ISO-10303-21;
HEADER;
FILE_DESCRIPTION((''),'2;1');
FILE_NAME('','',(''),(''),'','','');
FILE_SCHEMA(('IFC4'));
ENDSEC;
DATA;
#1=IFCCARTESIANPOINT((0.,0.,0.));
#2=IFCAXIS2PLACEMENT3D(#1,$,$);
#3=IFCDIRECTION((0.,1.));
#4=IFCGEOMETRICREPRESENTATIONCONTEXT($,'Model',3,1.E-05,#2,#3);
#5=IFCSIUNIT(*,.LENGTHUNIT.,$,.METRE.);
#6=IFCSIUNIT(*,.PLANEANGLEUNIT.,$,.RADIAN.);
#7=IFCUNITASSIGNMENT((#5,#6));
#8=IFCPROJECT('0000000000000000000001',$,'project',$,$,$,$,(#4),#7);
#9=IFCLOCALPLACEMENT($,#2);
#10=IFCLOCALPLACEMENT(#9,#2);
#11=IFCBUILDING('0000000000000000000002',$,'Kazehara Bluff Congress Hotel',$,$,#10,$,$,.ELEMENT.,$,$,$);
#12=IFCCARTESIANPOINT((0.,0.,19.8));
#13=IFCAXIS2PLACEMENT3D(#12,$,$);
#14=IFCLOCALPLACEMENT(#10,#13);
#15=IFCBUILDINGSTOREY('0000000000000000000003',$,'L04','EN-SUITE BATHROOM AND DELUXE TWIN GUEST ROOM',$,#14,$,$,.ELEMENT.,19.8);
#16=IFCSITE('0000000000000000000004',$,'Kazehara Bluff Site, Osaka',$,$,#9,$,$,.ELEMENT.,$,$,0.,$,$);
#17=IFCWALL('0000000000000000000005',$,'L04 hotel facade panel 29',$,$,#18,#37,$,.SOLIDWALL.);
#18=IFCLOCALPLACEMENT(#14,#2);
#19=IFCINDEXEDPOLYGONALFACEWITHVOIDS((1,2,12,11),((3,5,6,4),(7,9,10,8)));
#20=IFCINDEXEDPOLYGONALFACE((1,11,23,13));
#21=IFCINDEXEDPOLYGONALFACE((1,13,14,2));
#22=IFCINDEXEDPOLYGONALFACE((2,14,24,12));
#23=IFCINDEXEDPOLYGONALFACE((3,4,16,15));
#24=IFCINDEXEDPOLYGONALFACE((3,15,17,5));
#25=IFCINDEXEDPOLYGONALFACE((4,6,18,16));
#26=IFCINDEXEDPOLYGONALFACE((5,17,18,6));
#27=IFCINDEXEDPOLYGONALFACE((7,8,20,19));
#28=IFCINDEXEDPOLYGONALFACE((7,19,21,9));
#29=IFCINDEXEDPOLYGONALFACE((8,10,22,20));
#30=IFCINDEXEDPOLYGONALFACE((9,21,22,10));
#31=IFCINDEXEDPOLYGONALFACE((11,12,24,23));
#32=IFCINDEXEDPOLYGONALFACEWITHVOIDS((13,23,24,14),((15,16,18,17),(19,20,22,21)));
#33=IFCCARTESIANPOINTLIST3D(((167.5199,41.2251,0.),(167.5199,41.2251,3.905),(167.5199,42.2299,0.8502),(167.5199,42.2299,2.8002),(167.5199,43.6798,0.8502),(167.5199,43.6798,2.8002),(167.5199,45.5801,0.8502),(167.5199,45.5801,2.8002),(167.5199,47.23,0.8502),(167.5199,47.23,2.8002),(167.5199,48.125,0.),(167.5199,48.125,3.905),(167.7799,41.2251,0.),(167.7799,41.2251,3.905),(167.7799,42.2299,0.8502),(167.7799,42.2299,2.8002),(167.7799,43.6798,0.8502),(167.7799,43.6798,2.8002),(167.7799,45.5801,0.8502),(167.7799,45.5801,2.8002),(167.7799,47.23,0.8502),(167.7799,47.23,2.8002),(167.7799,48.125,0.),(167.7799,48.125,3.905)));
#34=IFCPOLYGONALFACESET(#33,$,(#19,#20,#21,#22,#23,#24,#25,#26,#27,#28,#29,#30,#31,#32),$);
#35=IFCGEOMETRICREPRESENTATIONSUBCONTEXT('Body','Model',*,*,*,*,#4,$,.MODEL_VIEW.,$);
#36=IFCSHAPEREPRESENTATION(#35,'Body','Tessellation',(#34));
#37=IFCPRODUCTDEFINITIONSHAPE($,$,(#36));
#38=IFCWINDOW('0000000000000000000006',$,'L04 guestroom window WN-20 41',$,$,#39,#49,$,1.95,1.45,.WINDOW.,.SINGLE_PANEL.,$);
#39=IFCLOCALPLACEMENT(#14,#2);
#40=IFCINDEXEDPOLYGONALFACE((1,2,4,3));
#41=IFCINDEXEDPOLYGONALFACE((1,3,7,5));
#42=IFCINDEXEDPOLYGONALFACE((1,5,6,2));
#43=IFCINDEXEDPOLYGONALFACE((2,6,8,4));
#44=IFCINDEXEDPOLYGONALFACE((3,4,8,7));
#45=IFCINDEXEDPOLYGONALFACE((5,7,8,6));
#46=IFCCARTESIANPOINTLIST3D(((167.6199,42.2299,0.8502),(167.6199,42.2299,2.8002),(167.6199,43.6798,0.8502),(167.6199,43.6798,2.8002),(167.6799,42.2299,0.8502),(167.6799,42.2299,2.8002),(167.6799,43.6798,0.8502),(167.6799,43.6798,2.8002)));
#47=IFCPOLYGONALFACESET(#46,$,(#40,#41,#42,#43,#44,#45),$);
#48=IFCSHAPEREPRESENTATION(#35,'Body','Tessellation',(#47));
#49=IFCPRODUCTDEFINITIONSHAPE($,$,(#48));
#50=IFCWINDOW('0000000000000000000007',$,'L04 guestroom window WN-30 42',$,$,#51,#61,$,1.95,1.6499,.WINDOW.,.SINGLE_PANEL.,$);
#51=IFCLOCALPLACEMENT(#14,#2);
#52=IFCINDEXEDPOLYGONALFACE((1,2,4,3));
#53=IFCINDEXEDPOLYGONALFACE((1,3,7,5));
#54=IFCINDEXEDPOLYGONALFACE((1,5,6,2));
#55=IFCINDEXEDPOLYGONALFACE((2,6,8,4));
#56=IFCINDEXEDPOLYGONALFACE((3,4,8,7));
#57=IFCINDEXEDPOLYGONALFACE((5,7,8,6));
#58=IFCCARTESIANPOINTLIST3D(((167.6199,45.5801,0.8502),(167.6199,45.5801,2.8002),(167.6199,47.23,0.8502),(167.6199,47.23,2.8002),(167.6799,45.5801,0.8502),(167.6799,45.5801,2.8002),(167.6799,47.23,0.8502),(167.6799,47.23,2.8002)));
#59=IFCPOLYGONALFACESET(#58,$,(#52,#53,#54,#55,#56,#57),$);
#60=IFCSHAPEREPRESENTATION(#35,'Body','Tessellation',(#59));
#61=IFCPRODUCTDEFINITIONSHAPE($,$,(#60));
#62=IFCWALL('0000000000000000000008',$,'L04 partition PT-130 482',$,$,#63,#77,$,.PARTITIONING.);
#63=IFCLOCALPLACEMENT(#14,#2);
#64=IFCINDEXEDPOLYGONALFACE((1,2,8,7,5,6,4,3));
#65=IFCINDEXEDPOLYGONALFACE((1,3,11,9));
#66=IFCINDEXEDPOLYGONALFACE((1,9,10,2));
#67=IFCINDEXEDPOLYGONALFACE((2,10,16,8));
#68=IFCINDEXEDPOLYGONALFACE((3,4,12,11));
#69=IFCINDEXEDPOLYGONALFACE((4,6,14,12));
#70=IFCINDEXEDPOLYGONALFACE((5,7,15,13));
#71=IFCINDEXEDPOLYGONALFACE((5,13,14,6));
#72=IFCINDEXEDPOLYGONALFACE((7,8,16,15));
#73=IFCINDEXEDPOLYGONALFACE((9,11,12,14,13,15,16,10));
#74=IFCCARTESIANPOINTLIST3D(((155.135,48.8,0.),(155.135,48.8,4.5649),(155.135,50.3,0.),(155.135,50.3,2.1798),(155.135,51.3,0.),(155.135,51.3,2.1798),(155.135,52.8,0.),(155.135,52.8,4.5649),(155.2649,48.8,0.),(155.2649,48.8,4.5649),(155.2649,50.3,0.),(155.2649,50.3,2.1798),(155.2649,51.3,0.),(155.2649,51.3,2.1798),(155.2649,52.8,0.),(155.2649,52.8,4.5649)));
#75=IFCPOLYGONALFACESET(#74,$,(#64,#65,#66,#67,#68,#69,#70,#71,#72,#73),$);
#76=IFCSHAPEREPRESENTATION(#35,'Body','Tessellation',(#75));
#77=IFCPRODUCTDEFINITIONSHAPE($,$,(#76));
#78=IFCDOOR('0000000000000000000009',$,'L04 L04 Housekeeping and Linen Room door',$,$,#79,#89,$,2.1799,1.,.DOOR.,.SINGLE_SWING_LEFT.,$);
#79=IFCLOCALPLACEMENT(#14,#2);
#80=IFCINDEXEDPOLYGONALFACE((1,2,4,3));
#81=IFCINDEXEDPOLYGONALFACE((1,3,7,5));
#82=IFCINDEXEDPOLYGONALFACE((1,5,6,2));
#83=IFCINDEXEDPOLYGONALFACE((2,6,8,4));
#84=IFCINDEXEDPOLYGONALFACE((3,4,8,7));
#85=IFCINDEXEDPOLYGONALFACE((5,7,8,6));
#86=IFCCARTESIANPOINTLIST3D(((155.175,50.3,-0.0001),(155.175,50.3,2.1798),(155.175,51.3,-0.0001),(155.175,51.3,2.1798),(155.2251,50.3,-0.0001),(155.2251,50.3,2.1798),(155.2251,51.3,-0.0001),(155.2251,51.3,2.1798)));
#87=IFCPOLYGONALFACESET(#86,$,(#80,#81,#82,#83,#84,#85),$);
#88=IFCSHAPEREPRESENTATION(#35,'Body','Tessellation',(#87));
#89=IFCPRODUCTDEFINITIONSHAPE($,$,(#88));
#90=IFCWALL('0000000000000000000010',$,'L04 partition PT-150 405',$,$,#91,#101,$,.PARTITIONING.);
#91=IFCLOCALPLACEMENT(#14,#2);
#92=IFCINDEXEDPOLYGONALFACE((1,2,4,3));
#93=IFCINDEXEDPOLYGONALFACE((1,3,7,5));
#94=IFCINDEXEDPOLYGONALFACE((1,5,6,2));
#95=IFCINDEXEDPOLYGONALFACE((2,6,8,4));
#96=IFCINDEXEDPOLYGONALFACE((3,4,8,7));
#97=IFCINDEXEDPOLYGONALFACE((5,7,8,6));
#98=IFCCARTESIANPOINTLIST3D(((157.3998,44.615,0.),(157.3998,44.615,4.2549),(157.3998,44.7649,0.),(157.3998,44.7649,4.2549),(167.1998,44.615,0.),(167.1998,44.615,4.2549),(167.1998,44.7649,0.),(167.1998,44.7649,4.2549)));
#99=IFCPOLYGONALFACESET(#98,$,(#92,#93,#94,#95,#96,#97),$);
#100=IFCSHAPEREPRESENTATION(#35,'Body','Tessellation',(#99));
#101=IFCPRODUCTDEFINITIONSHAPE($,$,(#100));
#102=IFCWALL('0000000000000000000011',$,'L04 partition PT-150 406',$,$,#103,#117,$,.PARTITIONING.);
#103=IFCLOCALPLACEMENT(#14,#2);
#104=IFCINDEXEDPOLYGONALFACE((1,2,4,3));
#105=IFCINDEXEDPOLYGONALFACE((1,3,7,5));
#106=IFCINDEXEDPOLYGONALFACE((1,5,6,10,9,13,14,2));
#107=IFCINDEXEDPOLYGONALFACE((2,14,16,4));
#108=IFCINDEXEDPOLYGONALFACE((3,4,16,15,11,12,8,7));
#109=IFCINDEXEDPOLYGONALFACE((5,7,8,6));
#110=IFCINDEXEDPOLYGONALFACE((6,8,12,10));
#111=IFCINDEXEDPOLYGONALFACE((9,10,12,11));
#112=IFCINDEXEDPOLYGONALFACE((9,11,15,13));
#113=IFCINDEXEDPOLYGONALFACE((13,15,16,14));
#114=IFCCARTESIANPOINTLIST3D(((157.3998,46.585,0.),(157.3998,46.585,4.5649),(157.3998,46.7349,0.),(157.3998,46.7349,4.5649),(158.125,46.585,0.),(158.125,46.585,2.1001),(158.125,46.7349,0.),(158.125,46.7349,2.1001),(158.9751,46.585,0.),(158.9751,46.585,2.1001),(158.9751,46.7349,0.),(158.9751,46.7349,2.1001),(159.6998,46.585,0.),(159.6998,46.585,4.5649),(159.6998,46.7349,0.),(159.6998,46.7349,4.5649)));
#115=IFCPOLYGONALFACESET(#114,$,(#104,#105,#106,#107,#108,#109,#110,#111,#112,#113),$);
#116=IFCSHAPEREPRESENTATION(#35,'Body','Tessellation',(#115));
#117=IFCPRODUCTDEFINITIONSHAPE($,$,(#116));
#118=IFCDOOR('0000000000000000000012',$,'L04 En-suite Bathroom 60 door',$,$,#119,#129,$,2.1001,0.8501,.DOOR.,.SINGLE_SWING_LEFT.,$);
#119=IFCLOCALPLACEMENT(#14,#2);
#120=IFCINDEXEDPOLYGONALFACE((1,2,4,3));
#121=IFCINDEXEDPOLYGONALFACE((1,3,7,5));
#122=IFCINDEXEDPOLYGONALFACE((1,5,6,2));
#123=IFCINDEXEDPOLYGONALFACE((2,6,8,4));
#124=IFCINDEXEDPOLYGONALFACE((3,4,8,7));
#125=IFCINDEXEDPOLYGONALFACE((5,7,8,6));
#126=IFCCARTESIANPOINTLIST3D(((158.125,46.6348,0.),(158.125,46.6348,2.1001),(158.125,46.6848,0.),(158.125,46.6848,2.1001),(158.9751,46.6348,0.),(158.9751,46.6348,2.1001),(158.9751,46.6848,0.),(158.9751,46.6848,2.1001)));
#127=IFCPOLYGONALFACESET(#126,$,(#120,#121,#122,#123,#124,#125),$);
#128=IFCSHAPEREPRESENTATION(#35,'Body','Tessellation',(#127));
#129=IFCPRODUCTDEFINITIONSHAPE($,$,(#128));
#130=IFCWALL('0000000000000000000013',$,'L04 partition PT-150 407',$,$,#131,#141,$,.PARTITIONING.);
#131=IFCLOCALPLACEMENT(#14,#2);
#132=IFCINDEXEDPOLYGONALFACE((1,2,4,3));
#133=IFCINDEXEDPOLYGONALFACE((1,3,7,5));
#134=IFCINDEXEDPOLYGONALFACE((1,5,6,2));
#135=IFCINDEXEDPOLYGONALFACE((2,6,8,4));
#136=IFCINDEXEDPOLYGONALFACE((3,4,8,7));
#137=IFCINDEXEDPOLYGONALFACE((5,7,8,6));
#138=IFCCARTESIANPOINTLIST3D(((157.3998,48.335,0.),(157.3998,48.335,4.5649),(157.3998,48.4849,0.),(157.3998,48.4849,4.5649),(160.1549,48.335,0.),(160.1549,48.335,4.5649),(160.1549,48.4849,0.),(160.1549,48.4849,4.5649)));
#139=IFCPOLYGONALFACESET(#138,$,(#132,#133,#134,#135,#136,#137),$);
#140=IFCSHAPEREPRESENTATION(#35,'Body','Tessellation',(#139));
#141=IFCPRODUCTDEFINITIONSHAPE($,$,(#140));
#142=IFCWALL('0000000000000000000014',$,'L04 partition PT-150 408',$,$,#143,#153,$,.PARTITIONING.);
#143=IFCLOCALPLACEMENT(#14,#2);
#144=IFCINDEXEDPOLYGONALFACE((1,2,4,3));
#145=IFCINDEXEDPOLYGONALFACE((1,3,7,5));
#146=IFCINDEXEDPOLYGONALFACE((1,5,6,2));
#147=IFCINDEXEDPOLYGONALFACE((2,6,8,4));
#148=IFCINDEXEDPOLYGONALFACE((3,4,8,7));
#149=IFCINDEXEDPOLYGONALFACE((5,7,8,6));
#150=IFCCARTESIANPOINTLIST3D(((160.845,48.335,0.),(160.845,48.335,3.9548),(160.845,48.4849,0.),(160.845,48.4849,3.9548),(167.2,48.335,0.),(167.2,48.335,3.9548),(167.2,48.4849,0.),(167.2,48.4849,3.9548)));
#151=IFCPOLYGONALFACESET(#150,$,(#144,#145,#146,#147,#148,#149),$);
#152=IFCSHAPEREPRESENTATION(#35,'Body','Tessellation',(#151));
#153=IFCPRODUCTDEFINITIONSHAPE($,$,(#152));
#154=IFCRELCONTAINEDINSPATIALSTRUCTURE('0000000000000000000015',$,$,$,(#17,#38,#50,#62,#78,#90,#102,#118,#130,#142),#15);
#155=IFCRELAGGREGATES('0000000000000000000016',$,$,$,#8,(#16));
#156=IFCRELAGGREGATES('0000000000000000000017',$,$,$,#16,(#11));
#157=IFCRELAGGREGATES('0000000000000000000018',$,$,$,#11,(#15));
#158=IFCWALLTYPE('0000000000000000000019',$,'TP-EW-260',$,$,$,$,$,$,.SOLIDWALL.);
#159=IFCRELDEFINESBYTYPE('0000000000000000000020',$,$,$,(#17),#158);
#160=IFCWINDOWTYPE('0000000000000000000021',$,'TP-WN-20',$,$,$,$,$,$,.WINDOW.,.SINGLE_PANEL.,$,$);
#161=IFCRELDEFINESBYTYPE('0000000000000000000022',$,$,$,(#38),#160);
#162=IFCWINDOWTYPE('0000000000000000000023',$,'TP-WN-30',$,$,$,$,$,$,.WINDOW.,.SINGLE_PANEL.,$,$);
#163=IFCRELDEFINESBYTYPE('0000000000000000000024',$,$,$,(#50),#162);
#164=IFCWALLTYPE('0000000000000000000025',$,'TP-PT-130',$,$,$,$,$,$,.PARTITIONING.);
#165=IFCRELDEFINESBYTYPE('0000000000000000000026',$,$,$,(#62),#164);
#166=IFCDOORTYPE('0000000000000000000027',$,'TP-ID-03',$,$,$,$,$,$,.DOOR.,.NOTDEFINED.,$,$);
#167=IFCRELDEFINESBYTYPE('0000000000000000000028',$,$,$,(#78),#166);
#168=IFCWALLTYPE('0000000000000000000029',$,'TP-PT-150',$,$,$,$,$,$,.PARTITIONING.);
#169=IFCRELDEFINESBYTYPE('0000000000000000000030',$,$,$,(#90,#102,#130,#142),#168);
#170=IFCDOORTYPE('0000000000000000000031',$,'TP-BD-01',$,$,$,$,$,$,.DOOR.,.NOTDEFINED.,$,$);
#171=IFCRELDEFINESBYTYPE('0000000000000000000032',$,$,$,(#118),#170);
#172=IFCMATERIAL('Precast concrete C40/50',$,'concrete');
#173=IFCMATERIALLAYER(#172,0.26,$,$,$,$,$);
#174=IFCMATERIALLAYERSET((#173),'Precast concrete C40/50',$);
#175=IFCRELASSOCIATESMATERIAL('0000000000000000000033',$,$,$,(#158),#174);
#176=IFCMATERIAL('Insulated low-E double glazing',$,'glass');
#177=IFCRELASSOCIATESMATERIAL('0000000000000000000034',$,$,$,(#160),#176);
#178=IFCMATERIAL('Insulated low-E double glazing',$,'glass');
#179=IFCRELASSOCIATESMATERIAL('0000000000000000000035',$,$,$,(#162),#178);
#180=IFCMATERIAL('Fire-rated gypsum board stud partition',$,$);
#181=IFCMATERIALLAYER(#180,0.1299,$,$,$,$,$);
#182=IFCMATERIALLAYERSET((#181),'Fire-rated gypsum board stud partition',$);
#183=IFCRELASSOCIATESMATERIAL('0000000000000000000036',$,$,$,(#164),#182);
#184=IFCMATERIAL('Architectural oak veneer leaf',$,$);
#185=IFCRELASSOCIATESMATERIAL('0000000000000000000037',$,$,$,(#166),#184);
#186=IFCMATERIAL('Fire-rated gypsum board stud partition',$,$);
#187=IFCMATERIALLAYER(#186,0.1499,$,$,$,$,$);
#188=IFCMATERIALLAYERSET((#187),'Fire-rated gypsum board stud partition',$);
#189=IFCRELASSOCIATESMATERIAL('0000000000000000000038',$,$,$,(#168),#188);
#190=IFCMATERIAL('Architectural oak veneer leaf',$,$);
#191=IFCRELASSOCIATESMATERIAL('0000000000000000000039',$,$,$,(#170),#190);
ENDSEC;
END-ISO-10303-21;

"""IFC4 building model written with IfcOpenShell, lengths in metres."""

from ifc_helpers import new_model, si_unit, direction, frame, frame_2d, origin, place, context, subcontext, project, spatial, rectangle, extrude, material, layer, layer_set, type_object, element, fill, save


model = new_model("IFC4")

# Units and contexts
model_context = context("Model", 3, precision=1e-05, world=origin(), true_north=direction((0.0, 1.0)))
body_context = subcontext(model_context, "Body", "Model", "MODEL_VIEW")
ifc_project = project(units=[si_unit("LENGTHUNIT", "METRE"), si_unit("PLANEANGLEUNIT", "RADIAN")], contexts=[model_context])

# Site, building, storey
site_placement = place(None, origin())
site = spatial("IfcSite", under=ifc_project, at=site_placement, Name="Kazehara Bluff Site, Osaka", CompositionType="ELEMENT", RefElevation=0.0)
building_placement = place(site_placement, origin())
building = spatial("IfcBuilding", under=site, at=building_placement, Name="Kazehara Bluff Congress Hotel", CompositionType="ELEMENT")
storey_placement = place(building_placement, frame((0.0, 0.0, 19.8)))
storey = spatial("IfcBuildingStorey", under=building, at=storey_placement, Name="L04", Description="EN-SUITE BATHROOM AND DELUXE TWIN GUEST ROOM", CompositionType="ELEMENT", Elevation=19.8)

# Wall, openings, windows
ifc_material_1 = material(Name="Precast concrete C40/50", Category="concrete")
ifc_layer_1 = layer(ifc_material_1, 0.26)
ifc_layer_set_1 = layer_set([ifc_layer_1], Name="Precast concrete C40/50")
wall_type_1 = type_object("IfcWallType", Name="TP-EW-260", PredefinedType="SOLIDWALL", material=ifc_layer_set_1)
wall_1_placement = place(storey_placement, frame((167.6499, 48.125, 0.0), z_axis=(0.0, 0.0, 1.0), x_axis=(0.0, -1.0, 0.0)))
wall_1 = element("IfcWall", 1, at=wall_1_placement, inside=storey, type_object=wall_type_1, Name="L04 hotel facade panel 29", PredefinedType="SOLIDWALL", context=body_context, shape_type="SweptSolid", body=[
    extrude(rectangle(XDim=6.8999, YDim=0.26, at=frame_2d((3.45, 0.0))), origin(), (0.0, 0.0, 1.0), 3.905),
])
opening_1_placement = place(wall_1_placement, frame((4.4451, 0.0, 0.8501)))
opening_1 = element("IfcOpeningElement", 2, at=opening_1_placement, cuts=wall_1, PredefinedType="OPENING", context=body_context, shape_type="SweptSolid", body=[
    extrude(rectangle(XDim=1.45, YDim=1.95, at=frame_2d((0.7251, 0.9751))), frame((0.0, 0.1399, 0.0), z_axis=(0.0, -1.0, 0.0), x_axis=(1.0, 0.0, 0.0)), (0.0, 0.0, 1.0), 0.28),
])
opening_2_placement = place(wall_1_placement, frame((0.895, 0.0, 0.8501)))
opening_2 = element("IfcOpeningElement", 3, at=opening_2_placement, cuts=wall_1, PredefinedType="OPENING", context=body_context, shape_type="SweptSolid", body=[
    extrude(rectangle(XDim=1.6499, YDim=1.95, at=frame_2d((0.825, 0.9751))), frame((0.0, 0.1399, 0.0), z_axis=(0.0, -1.0, 0.0), x_axis=(1.0, 0.0, 0.0)), (0.0, 0.0, 1.0), 0.28),
])
ifc_material_2 = material(Name="Insulated low-E double glazing", Category="glass")
window_type_1 = type_object("IfcWindowType", Name="TP-WN-20", PartitioningType="SINGLE_PANEL", PredefinedType="WINDOW", material=ifc_material_2)
window_1_placement = place(opening_1_placement, origin())
window_1 = element("IfcWindow", 4, at=window_1_placement, inside=storey, type_object=window_type_1, Name="L04 guestroom window WN-20 41", OverallHeight=1.95, OverallWidth=1.45, PartitioningType="SINGLE_PANEL", PredefinedType="WINDOW", context=body_context, shape_type="SweptSolid", body=[
    extrude(rectangle(XDim=1.45, YDim=1.95, at=frame_2d((0.7251, 0.9751))), frame((0.0, 0.03, 0.0), z_axis=(0.0, -1.0, 0.0), x_axis=(1.0, 0.0, 0.0)), (0.0, 0.0, 1.0), 0.0601),
])
fill(opening_1, window_1)
ifc_material_3 = material(Name="Insulated low-E double glazing", Category="glass")
window_type_2 = type_object("IfcWindowType", Name="TP-WN-30", PartitioningType="SINGLE_PANEL", PredefinedType="WINDOW", material=ifc_material_3)
window_2_placement = place(opening_2_placement, origin())
window_2 = element("IfcWindow", 5, at=window_2_placement, inside=storey, type_object=window_type_2, Name="L04 guestroom window WN-30 42", OverallHeight=1.95, OverallWidth=1.6499, PartitioningType="SINGLE_PANEL", PredefinedType="WINDOW", context=body_context, shape_type="SweptSolid", body=[
    extrude(rectangle(XDim=1.6499, YDim=1.95, at=frame_2d((0.825, 0.9751))), frame((0.0, 0.03, 0.0), z_axis=(0.0, -1.0, 0.0), x_axis=(1.0, 0.0, 0.0)), (0.0, 0.0, 1.0), 0.0601),
])
fill(opening_2, window_2)

# Wall, opening, door
ifc_material_4 = material(Name="Fire-rated gypsum board stud partition")
ifc_layer_2 = layer(ifc_material_4, 0.1299)
ifc_layer_set_2 = layer_set([ifc_layer_2], Name="Fire-rated gypsum board stud partition")
wall_type_2 = type_object("IfcWallType", Name="TP-PT-130", PredefinedType="PARTITIONING", material=ifc_layer_set_2)
wall_2_placement = place(storey_placement, frame((155.2, 48.8, 0.0), z_axis=(0.0, 0.0, 1.0), x_axis=(0.0, 1.0, 0.0)))
wall_2 = element("IfcWall", 6, at=wall_2_placement, inside=storey, type_object=wall_type_2, Name="L04 partition PT-130 482", PredefinedType="PARTITIONING", context=body_context, shape_type="SweptSolid", body=[
    extrude(rectangle(XDim=4.0, YDim=0.1299, at=frame_2d((2.0, 0.0))), origin(), (0.0, 0.0, 1.0), 4.5649),
])
opening_3_placement = place(wall_2_placement, frame((1.5, 0.0, 0.0)))
opening_3 = element("IfcOpeningElement", 7, at=opening_3_placement, cuts=wall_2, PredefinedType="OPENING", context=body_context, shape_type="SweptSolid", body=[
    extrude(rectangle(XDim=1.0, YDim=2.1799, at=frame_2d((0.5, 1.0898))), frame((0.0, 0.075, 0.0), z_axis=(0.0, -1.0, 0.0), x_axis=(1.0, 0.0, 0.0)), (0.0, 0.0, 1.0), 0.1499),
])
ifc_material_5 = material(Name="Architectural oak veneer leaf")
door_type_1 = type_object("IfcDoorType", Name="TP-ID-03", OperationType="NOTDEFINED", PredefinedType="DOOR", material=ifc_material_5)
door_1_placement = place(opening_3_placement, origin())
door_1 = element("IfcDoor", 8, at=door_1_placement, inside=storey, type_object=door_type_1, Name="L04 L04 Housekeeping and Linen Room door", OperationType="SINGLE_SWING_LEFT", OverallHeight=2.1799, OverallWidth=1.0, PredefinedType="DOOR", context=body_context, shape_type="SweptSolid", body=[
    extrude(rectangle(XDim=1.0, YDim=2.1799, at=frame_2d((0.5, 1.0898))), frame((0.0, 0.0249, 0.0), z_axis=(0.0, -1.0, 0.0), x_axis=(1.0, 0.0, 0.0)), (0.0, 0.0, 1.0), 0.05),
])
fill(opening_3, door_1)

# Wall
ifc_material_6 = material(Name="Fire-rated gypsum board stud partition")
ifc_layer_3 = layer(ifc_material_6, 0.1499)
ifc_layer_set_3 = layer_set([ifc_layer_3], Name="Fire-rated gypsum board stud partition")
wall_type_3 = type_object("IfcWallType", Name="TP-PT-150", PredefinedType="PARTITIONING", material=ifc_layer_set_3)
wall_3_placement = place(storey_placement, frame((157.3999, 44.6899, 0.0), z_axis=(0.0, 0.0, 1.0), x_axis=(1.0, 0.0, 0.0)))
element("IfcWall", 9, at=wall_3_placement, inside=storey, type_object=wall_type_3, Name="L04 partition PT-150 405", PredefinedType="PARTITIONING", context=body_context, shape_type="SweptSolid", body=[
    extrude(rectangle(XDim=9.8, YDim=0.1499, at=frame_2d((4.8999, 0.0))), origin(), (0.0, 0.0, 1.0), 4.2549),
])

# Wall, opening, door
wall_4_placement = place(storey_placement, frame((157.3999, 46.6599, 0.0), z_axis=(0.0, 0.0, 1.0), x_axis=(1.0, 0.0, 0.0)))
wall_4 = element("IfcWall", 10, at=wall_4_placement, inside=storey, type_object=wall_type_3, Name="L04 partition PT-150 406", PredefinedType="PARTITIONING", context=body_context, shape_type="SweptSolid", body=[
    extrude(rectangle(XDim=2.3, YDim=0.1499, at=frame_2d((1.1499, 0.0))), origin(), (0.0, 0.0, 1.0), 4.5649),
])
opening_4_placement = place(wall_4_placement, frame((0.7251, 0.0, 0.0)))
opening_4 = element("IfcOpeningElement", 11, at=opening_4_placement, cuts=wall_4, PredefinedType="OPENING", context=body_context, shape_type="SweptSolid", body=[
    extrude(rectangle(XDim=0.8501, YDim=2.1001, at=frame_2d((0.425, 1.05))), frame((0.0, 0.085, 0.0), z_axis=(0.0, -1.0, 0.0), x_axis=(1.0, 0.0, 0.0)), (0.0, 0.0, 1.0), 0.1699),
])
ifc_material_7 = material(Name="Architectural oak veneer leaf")
door_type_2 = type_object("IfcDoorType", Name="TP-BD-01", OperationType="NOTDEFINED", PredefinedType="DOOR", material=ifc_material_7)
door_2_placement = place(opening_4_placement, origin())
door_2 = element("IfcDoor", 12, at=door_2_placement, inside=storey, type_object=door_type_2, Name="L04 En-suite Bathroom 60 door", OperationType="SINGLE_SWING_LEFT", OverallHeight=2.1001, OverallWidth=0.8501, PredefinedType="DOOR", context=body_context, shape_type="SweptSolid", body=[
    extrude(rectangle(XDim=0.8501, YDim=2.1001, at=frame_2d((0.425, 1.05))), frame((0.0, 0.0249, 0.0), z_axis=(0.0, -1.0, 0.0), x_axis=(1.0, 0.0, 0.0)), (0.0, 0.0, 1.0), 0.05),
])
fill(opening_4, door_2)

# Walls
wall_5_placement = place(storey_placement, frame((157.3999, 48.4099, 0.0), z_axis=(0.0, 0.0, 1.0), x_axis=(1.0, 0.0, 0.0)))
element("IfcWall", 13, at=wall_5_placement, inside=storey, type_object=wall_type_3, Name="L04 partition PT-150 407", PredefinedType="PARTITIONING", context=body_context, shape_type="SweptSolid", body=[
    extrude(rectangle(XDim=2.7551, YDim=0.1499, at=frame_2d((1.3774, 0.0))), origin(), (0.0, 0.0, 1.0), 4.5649),
])
wall_6_placement = place(storey_placement, frame((160.845, 48.4099, 0.0), z_axis=(0.0, 0.0, 1.0), x_axis=(1.0, 0.0, 0.0)))
element("IfcWall", 14, at=wall_6_placement, inside=storey, type_object=wall_type_3, Name="L04 partition PT-150 408", PredefinedType="PARTITIONING", context=body_context, shape_type="SweptSolid", body=[
    extrude(rectangle(XDim=6.355, YDim=0.1499, at=frame_2d((3.1775, 0.0))), origin(), (0.0, 0.0, 1.0), 3.9548),
])

save(model, "model.ifc")
